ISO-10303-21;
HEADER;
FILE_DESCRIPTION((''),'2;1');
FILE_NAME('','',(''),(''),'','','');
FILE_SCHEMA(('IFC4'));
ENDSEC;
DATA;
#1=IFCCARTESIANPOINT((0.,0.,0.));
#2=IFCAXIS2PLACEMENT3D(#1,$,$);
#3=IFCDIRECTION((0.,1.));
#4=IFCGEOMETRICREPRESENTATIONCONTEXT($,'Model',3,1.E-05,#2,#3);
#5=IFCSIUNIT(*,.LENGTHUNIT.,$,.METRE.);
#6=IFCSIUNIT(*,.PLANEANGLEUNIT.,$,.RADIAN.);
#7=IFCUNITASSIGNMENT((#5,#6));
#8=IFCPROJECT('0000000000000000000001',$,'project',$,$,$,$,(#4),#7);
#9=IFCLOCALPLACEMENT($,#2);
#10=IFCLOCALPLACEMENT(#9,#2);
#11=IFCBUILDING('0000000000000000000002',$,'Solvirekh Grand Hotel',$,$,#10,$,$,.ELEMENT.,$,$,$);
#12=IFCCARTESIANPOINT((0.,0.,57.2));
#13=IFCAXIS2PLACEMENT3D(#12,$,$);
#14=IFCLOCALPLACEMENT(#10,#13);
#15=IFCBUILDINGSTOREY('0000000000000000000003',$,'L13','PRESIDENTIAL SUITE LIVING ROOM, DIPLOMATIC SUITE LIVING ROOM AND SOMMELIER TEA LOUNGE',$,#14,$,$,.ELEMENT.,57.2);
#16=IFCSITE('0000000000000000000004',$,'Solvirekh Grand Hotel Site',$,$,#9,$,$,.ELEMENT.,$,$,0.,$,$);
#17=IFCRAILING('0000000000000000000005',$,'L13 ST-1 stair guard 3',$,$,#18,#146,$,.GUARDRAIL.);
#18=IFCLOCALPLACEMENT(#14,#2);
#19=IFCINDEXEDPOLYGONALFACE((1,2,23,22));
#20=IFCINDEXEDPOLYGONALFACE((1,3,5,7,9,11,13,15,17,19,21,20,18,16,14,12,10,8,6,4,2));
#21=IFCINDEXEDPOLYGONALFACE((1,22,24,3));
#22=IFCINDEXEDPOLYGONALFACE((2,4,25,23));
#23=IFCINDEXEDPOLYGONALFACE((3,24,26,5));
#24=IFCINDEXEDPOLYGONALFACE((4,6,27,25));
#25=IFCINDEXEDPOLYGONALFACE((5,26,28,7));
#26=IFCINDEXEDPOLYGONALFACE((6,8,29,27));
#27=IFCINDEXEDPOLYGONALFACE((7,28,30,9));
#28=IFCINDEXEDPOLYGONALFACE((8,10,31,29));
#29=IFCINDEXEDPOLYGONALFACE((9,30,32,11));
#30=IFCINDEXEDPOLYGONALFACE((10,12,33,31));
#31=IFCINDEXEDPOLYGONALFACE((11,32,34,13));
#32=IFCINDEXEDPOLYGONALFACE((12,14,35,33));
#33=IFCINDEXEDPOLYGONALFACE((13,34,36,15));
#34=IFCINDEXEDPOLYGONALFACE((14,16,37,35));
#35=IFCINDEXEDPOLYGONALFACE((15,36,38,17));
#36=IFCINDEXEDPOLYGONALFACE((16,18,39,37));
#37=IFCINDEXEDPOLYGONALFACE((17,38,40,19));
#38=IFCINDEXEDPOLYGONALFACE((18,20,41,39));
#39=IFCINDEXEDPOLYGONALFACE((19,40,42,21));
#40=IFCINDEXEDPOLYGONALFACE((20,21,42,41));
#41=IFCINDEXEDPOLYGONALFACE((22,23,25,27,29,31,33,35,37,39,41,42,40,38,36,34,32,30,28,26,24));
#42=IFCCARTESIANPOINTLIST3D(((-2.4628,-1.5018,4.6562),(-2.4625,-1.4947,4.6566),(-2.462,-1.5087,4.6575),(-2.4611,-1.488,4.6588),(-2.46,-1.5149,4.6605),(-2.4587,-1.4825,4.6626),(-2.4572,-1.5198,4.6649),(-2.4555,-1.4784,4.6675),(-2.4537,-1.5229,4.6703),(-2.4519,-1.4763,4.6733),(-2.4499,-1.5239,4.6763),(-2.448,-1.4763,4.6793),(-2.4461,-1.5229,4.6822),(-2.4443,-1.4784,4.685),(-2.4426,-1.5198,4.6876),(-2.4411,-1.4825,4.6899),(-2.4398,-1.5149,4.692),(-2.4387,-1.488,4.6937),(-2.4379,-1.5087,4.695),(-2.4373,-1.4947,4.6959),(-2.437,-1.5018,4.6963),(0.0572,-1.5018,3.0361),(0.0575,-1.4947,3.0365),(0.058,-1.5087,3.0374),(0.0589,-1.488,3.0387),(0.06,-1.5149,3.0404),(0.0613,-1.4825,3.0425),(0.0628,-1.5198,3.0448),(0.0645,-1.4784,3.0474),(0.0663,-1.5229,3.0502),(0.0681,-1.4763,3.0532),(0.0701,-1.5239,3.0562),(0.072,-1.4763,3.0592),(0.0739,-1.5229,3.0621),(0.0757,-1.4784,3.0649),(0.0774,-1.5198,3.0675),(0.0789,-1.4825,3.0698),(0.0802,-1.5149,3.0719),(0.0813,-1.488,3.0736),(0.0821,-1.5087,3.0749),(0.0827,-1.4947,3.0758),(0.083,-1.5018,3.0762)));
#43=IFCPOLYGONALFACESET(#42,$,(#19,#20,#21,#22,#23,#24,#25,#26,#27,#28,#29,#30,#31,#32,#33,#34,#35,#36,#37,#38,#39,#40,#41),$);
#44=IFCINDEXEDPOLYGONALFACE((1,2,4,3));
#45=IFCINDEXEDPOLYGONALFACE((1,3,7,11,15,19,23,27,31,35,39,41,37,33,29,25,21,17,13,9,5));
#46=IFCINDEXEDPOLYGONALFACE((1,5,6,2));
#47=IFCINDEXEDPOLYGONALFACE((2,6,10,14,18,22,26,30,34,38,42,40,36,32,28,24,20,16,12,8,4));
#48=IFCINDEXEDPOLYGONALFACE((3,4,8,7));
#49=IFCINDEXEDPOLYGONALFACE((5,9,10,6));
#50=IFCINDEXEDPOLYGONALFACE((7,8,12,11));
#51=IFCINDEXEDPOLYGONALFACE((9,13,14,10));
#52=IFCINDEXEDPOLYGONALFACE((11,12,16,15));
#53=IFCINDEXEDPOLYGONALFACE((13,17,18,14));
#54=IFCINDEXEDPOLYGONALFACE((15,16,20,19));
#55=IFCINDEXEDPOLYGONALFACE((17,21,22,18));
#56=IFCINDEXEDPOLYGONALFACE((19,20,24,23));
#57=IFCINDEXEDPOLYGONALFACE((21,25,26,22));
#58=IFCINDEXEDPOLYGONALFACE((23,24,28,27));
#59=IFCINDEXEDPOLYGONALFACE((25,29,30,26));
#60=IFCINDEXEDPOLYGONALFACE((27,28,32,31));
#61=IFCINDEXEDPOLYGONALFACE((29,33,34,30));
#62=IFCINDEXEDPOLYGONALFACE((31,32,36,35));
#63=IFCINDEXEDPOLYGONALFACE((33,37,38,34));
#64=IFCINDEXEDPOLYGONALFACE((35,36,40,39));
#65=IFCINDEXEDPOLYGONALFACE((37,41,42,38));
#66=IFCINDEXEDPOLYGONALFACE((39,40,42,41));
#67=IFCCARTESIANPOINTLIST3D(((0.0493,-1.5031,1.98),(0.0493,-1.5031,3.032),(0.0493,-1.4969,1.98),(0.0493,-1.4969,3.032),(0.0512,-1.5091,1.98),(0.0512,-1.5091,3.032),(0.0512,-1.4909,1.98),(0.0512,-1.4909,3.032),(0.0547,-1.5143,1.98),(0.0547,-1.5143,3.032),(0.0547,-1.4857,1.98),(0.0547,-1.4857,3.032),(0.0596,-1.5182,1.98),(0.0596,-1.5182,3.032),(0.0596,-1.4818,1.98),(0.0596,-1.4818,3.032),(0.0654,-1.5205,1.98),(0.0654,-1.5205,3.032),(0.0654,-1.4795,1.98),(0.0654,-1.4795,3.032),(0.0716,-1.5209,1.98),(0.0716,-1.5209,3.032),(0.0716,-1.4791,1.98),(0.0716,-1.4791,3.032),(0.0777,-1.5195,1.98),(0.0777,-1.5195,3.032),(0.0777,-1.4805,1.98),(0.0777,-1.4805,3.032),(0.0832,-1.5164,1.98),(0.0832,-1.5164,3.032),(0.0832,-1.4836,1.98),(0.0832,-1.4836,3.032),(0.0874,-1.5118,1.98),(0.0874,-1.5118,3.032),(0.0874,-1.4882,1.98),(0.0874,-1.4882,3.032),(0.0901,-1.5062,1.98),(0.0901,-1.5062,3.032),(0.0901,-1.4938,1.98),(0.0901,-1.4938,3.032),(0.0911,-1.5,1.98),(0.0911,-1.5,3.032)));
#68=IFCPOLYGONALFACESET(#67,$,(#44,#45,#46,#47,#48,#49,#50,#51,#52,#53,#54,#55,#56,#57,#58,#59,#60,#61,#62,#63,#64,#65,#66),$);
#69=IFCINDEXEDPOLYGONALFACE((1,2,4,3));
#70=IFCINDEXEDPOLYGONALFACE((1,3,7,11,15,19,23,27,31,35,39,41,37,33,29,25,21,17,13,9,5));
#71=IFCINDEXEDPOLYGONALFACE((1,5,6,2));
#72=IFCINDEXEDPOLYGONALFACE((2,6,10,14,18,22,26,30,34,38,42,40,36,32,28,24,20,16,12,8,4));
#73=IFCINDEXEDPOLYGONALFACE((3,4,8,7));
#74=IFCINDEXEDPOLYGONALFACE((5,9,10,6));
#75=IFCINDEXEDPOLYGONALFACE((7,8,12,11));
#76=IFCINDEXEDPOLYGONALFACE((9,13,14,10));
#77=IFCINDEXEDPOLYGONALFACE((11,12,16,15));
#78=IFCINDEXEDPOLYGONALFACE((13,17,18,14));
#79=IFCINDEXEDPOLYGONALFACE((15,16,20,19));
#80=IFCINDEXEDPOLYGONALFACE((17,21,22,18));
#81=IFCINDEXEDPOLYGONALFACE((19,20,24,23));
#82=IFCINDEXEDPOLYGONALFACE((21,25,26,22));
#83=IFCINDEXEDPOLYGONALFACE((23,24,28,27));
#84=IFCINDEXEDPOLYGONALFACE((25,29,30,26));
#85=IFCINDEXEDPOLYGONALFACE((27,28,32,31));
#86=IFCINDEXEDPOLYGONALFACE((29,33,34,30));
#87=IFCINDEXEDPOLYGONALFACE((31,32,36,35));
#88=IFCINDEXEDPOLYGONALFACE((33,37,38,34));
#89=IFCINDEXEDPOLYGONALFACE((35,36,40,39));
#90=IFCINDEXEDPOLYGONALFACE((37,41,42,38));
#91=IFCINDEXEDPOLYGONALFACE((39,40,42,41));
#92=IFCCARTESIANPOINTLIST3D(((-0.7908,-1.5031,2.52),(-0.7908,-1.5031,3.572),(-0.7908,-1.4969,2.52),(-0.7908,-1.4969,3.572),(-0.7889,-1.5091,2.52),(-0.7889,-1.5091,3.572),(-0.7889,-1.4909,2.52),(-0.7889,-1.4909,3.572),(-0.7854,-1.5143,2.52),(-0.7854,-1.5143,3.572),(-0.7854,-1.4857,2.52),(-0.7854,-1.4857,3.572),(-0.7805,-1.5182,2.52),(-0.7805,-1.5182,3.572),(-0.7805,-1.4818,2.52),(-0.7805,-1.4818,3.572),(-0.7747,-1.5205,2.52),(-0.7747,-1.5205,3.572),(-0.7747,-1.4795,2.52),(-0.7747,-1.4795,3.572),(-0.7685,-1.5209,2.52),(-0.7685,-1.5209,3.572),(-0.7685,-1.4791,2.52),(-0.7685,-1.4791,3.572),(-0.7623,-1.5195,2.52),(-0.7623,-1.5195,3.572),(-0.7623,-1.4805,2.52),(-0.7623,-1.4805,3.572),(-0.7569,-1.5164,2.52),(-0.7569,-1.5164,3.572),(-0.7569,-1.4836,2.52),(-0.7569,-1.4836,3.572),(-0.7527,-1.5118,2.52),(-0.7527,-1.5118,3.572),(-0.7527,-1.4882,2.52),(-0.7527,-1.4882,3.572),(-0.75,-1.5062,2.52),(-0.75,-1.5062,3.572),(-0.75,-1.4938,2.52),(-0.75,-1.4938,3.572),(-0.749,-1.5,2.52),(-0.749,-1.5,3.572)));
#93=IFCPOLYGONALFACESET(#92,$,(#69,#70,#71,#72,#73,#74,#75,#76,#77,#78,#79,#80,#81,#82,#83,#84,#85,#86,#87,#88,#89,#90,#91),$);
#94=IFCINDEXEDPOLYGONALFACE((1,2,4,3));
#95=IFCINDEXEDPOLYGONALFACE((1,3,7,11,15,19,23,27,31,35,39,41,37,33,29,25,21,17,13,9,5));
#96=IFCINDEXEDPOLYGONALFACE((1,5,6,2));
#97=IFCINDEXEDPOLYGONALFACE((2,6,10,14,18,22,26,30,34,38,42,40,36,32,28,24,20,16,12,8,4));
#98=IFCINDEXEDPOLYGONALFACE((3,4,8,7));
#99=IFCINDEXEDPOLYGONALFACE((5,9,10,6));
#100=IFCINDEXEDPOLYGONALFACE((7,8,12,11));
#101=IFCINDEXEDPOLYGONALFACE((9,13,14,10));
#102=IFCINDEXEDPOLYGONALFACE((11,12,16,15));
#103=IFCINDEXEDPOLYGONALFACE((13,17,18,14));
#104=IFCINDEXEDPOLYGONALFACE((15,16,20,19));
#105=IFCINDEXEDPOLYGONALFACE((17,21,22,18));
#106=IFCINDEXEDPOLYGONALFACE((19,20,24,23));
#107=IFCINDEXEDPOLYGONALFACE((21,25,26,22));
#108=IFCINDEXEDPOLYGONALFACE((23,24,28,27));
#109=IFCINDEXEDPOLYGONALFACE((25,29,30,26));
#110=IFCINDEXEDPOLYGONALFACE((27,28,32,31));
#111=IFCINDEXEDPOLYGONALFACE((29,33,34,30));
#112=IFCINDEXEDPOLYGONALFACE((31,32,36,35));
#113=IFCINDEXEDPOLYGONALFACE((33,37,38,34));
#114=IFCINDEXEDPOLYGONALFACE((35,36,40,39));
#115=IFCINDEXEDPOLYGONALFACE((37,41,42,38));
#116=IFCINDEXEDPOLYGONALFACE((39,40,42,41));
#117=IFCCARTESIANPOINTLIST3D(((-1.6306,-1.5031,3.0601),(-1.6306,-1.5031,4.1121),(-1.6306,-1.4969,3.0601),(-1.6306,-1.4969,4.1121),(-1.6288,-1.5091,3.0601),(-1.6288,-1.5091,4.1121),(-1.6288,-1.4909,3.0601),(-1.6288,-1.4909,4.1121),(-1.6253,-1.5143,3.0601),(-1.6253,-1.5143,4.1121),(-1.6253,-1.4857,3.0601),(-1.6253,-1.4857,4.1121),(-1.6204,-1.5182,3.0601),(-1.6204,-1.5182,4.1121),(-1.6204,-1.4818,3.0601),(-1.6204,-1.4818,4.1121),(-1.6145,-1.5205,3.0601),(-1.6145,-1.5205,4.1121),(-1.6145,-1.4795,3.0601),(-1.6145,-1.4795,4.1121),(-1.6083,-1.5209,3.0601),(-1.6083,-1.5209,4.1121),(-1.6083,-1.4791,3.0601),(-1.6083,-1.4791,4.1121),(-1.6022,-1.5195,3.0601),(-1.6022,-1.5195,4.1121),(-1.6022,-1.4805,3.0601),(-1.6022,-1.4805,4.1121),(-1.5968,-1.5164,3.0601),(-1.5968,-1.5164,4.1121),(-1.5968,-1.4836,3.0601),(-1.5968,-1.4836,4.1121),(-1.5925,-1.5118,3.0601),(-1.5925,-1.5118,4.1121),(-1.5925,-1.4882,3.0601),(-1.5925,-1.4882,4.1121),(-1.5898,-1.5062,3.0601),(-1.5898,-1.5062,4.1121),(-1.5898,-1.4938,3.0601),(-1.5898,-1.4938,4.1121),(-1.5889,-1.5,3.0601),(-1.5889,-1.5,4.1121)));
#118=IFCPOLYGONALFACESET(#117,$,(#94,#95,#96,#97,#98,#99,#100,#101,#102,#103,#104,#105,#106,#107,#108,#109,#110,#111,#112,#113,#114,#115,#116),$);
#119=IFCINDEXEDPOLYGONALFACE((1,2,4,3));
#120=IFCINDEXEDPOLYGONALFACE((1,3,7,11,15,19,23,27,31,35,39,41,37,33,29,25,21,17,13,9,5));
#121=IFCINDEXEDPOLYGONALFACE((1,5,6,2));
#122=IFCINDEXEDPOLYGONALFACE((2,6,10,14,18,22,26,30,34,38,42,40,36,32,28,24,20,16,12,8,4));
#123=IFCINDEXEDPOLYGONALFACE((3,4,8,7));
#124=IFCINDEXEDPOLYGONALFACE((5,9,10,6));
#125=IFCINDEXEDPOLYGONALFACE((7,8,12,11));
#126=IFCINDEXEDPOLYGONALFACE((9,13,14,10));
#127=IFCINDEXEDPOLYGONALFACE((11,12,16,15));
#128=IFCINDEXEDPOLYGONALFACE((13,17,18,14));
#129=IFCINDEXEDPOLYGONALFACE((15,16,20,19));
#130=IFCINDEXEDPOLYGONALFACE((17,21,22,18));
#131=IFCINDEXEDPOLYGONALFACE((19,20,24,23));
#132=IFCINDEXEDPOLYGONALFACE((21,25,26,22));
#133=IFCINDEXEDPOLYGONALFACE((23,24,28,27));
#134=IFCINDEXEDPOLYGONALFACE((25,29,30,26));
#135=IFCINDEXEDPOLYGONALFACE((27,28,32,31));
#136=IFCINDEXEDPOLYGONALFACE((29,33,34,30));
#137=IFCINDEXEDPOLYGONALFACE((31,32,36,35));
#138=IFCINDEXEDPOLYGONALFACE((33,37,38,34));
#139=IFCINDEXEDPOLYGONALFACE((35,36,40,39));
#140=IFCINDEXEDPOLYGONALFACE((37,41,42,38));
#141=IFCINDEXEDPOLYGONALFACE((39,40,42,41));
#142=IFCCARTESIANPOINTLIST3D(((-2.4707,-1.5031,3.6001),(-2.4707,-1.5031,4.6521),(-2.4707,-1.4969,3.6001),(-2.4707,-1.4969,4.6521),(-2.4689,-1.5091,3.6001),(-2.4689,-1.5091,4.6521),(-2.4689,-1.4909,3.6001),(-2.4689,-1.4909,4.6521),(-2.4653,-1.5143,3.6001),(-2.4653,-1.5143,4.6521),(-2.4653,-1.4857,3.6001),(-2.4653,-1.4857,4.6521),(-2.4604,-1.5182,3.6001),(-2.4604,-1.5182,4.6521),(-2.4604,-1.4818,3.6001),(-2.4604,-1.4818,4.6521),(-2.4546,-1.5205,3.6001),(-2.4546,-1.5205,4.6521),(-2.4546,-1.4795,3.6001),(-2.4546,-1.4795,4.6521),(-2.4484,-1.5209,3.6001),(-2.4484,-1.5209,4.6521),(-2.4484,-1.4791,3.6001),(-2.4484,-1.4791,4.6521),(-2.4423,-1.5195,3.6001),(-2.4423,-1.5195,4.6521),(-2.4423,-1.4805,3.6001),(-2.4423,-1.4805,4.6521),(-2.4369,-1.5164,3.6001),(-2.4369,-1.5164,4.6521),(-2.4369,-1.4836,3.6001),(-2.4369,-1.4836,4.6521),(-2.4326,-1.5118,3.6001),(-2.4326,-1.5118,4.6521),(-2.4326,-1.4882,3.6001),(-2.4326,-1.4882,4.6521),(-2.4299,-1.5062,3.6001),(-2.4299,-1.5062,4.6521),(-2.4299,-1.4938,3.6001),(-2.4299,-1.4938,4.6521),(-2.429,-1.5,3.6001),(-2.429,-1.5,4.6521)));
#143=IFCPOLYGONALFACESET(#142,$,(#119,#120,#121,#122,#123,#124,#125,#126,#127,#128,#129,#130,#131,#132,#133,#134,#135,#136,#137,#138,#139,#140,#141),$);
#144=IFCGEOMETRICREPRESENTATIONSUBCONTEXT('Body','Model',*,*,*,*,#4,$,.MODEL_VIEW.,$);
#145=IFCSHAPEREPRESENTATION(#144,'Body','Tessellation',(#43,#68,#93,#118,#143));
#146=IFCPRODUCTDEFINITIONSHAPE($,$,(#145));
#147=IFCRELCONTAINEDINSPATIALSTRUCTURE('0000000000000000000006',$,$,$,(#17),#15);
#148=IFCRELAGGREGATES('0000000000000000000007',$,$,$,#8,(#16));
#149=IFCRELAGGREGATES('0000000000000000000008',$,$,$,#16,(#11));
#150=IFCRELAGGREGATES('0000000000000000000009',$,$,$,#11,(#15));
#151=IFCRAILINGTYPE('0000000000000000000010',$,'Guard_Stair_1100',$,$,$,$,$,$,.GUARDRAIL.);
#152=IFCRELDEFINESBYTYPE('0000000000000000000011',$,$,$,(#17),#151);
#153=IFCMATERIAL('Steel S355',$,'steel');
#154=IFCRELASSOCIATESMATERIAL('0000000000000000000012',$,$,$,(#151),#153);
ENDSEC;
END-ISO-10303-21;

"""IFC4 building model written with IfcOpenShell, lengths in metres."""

from ifc_helpers import new_model, si_unit, direction, frame, origin, origin_2d, place, context, subcontext, project, spatial, circle, extrude, material, type_object, element, save


model = new_model("IFC4")

# Units and contexts
model_context = context("Model", 3, precision=1e-05, world=origin(), true_north=direction((0.0, 1.0)))
body_context = subcontext(model_context, "Body", "Model", "MODEL_VIEW")
ifc_project = project(units=[si_unit("LENGTHUNIT", "METRE"), si_unit("PLANEANGLEUNIT", "RADIAN")], contexts=[model_context])

# Site, building, storey
site_placement = place(None, origin())
site = spatial("IfcSite", under=ifc_project, at=site_placement, Name="Solvirekh Grand Hotel Site", CompositionType="ELEMENT", RefElevation=0.0)
building_placement = place(site_placement, origin())
building = spatial("IfcBuilding", under=site, at=building_placement, Name="Solvirekh Grand Hotel", CompositionType="ELEMENT")
storey_placement = place(building_placement, frame((0.0, 0.0, 57.2)))
storey = spatial("IfcBuildingStorey", under=building, at=storey_placement, Name="L13", Description="PRESIDENTIAL SUITE LIVING ROOM, DIPLOMATIC SUITE LIVING ROOM AND SOMMELIER TEA LOUNGE", CompositionType="ELEMENT", Elevation=57.2)

# Railing
ifc_material_1 = material(Name="Steel S355", Category="steel")
railing_type_1 = type_object("IfcRailingType", Name="Guard_Stair_1100", PredefinedType="GUARDRAIL", material=ifc_material_1)
railing_1_placement = place(storey_placement, frame((0.0701, -1.5, 1.98)))
element("IfcRailing", 1, at=railing_1_placement, inside=storey, type_object=railing_type_1, Name="L13 ST-1 stair guard 3", PredefinedType="GUARDRAIL", context=body_context, shape_type="SweptSolid", body=[
    extrude(circle(Radius=0.0239, at=origin_2d()), frame((0.0, 0.0, 1.0762), z_axis=(-0.841163, 0.0, 0.540782), x_axis=(0.0, -1.0, 0.0)), (0.0, 0.0, 1.0), 2.9958),
    extrude(circle(Radius=0.021, at=origin_2d()), origin(), (0.0, 0.0, 1.0), 1.052),
    extrude(circle(Radius=0.021, at=origin_2d()), frame((-0.8401, 0.0, 0.54)), (0.0, 0.0, 1.0), 1.052),
    extrude(circle(Radius=0.021, at=origin_2d()), frame((-1.6799, 0.0, 1.0801)), (0.0, 0.0, 1.0), 1.052),
    extrude(circle(Radius=0.021, at=origin_2d()), frame((-2.52, 0.0, 1.6201)), (0.0, 0.0, 1.0), 1.052),
])

save(model, "model.ifc")
